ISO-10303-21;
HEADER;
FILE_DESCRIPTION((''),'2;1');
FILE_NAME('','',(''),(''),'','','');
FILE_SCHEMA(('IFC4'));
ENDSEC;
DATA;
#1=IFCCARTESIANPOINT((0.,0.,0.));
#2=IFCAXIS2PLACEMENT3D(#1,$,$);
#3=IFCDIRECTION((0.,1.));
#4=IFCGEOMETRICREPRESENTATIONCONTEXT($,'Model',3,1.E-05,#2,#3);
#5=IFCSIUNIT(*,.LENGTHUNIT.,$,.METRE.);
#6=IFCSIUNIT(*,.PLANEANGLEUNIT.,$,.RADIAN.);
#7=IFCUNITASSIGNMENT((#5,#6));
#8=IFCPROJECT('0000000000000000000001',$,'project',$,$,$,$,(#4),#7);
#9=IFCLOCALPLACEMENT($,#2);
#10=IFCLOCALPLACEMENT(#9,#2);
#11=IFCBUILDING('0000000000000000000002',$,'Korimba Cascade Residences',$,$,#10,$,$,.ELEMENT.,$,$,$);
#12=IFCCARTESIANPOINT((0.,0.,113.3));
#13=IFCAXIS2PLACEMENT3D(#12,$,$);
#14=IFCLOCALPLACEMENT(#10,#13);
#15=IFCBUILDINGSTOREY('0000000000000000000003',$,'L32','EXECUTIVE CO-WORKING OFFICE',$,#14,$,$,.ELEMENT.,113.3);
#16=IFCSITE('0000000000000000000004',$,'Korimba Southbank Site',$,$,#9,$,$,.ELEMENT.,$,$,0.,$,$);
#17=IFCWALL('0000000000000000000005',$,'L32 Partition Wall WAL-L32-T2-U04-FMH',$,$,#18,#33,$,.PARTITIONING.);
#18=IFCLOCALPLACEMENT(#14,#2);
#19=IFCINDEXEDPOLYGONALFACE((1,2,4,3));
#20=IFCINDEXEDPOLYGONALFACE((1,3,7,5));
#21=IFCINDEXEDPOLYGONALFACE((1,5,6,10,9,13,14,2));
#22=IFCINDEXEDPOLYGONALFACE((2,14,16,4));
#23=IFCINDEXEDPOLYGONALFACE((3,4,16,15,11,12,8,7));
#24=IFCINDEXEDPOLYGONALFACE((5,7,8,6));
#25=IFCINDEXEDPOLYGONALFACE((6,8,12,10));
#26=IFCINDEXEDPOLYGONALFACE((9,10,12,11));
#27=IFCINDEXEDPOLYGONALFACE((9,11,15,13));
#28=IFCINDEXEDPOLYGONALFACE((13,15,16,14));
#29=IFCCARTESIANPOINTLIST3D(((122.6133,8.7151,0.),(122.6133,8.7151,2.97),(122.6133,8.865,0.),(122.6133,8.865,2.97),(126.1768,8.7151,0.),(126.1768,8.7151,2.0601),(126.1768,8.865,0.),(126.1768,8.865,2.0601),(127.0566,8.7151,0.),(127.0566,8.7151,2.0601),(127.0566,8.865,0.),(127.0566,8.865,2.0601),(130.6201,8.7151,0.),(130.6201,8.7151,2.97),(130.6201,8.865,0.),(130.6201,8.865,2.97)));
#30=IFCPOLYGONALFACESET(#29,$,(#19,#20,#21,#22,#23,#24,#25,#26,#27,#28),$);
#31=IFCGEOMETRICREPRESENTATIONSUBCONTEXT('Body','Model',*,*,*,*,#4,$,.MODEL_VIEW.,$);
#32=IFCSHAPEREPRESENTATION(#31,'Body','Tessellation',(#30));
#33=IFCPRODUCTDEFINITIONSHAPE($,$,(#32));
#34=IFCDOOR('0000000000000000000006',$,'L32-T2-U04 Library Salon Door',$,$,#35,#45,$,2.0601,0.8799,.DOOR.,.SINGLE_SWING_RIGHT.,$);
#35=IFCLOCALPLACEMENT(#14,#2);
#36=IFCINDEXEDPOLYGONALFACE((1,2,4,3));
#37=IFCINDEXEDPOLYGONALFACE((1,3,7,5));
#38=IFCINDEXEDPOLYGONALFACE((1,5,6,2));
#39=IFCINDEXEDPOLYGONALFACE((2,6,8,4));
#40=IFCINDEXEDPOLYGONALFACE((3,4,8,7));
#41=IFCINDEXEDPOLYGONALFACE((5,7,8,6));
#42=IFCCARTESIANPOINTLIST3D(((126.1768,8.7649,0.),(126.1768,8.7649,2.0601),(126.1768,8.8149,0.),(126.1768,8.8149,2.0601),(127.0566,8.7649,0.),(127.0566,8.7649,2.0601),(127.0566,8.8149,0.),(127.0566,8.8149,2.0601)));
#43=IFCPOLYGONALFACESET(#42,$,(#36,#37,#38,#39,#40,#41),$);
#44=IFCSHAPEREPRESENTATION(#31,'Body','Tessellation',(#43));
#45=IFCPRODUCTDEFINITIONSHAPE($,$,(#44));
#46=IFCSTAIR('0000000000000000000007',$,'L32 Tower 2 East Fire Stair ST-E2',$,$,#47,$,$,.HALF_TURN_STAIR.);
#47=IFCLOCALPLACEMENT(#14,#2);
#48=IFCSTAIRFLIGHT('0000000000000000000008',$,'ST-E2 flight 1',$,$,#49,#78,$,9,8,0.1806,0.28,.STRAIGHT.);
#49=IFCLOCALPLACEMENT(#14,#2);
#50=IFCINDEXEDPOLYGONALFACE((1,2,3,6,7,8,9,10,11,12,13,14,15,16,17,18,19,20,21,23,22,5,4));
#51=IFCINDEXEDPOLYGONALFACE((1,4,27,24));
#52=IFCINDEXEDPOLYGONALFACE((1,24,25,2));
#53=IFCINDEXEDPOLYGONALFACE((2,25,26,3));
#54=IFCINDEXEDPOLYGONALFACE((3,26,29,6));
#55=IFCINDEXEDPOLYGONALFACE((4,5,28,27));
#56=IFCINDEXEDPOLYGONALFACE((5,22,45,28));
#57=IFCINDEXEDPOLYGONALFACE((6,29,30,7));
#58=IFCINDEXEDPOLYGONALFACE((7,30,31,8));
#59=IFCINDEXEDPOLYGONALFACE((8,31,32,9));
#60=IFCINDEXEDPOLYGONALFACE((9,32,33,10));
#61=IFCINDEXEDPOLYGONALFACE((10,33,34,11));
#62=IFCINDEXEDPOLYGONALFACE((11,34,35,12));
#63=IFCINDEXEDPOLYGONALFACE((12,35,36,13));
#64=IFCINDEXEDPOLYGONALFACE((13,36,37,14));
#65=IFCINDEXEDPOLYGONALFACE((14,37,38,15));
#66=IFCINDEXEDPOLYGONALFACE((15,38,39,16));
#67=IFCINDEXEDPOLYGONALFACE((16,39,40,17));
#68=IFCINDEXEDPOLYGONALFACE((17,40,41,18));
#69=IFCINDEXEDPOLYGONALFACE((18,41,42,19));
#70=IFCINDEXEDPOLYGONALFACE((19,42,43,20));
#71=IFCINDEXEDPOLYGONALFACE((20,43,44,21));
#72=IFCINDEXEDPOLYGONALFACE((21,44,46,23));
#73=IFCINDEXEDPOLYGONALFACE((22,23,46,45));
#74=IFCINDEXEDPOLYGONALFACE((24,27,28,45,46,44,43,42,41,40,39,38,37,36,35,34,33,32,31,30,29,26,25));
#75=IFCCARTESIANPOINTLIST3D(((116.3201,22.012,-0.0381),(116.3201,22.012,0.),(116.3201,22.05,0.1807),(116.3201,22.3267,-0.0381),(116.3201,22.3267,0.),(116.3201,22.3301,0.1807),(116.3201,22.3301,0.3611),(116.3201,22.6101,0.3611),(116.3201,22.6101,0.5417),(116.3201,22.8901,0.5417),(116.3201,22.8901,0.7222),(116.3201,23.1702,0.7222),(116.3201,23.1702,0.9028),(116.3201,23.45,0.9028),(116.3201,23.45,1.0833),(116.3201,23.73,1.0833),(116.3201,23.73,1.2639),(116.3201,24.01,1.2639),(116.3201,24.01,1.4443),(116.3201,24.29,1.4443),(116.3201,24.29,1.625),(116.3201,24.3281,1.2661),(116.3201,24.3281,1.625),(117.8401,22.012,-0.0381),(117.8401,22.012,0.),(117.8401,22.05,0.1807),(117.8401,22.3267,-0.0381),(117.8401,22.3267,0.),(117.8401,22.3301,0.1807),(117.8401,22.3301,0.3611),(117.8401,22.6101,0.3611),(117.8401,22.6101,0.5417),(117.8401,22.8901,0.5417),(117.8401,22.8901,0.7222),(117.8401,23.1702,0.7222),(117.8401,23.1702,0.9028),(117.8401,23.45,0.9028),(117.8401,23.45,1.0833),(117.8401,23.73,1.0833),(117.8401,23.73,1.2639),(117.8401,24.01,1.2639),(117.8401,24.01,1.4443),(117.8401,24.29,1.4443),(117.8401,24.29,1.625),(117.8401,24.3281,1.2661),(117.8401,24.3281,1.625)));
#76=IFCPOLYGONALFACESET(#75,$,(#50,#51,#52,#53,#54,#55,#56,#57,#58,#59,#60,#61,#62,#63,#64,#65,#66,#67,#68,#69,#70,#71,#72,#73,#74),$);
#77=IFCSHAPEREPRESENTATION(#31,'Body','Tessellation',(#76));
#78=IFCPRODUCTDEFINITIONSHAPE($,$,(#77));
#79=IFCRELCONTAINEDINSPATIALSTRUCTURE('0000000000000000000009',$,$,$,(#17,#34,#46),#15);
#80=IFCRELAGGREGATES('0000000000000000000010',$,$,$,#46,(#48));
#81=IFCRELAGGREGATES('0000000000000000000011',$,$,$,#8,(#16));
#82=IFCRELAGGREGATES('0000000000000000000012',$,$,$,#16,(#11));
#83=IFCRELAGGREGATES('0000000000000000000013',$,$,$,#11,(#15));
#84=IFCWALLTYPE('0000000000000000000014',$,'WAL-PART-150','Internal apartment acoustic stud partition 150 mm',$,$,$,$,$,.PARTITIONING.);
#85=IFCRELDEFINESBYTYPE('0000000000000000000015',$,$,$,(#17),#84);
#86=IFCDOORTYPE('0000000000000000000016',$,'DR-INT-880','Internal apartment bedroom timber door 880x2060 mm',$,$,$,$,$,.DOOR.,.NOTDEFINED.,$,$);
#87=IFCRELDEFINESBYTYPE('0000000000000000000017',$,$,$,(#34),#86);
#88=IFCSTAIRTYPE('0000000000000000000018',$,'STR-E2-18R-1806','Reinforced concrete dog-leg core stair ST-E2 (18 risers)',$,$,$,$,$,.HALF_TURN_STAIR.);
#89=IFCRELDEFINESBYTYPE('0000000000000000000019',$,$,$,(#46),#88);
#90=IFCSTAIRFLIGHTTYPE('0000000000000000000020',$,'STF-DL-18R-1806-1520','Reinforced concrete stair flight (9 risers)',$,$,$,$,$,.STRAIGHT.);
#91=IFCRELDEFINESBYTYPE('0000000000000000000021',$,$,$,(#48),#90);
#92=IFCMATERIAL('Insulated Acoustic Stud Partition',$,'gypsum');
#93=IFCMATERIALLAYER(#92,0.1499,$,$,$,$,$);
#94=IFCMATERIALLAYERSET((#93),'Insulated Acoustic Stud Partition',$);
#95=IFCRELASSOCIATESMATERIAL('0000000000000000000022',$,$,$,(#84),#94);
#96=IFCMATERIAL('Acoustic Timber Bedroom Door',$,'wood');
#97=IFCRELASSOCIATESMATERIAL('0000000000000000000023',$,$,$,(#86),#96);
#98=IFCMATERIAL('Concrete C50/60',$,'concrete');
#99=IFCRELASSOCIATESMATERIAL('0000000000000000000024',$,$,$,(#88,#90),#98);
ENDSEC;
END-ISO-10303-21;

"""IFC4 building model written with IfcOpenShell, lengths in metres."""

from ifc_helpers import new_model, si_unit, direction, frame, frame_2d, origin, place, context, subcontext, project, spatial, polyline, rectangle, outline, extrude, material, layer, layer_set, type_object, element, fill, aggregate, save


model = new_model("IFC4")

# Units and contexts
model_context = context("Model", 3, precision=1e-05, world=origin(), true_north=direction((0.0, 1.0)))
body_context = subcontext(model_context, "Body", "Model", "MODEL_VIEW")
ifc_project = project(units=[si_unit("LENGTHUNIT", "METRE"), si_unit("PLANEANGLEUNIT", "RADIAN")], contexts=[model_context])

# Site, building, storey
site_placement = place(None, origin())
site = spatial("IfcSite", under=ifc_project, at=site_placement, Name="Korimba Southbank Site", CompositionType="ELEMENT", RefElevation=0.0)
building_placement = place(site_placement, origin())
building = spatial("IfcBuilding", under=site, at=building_placement, Name="Korimba Cascade Residences", CompositionType="ELEMENT")
storey_placement = place(building_placement, frame((0.0, 0.0, 113.3)))
storey = spatial("IfcBuildingStorey", under=building, at=storey_placement, Name="L32", Description="EXECUTIVE CO-WORKING OFFICE", CompositionType="ELEMENT", Elevation=113.3)

# Shared definitions
ifc_material_1 = material(Name="Insulated Acoustic Stud Partition", Category="gypsum")
ifc_layer_1 = layer(ifc_material_1, 0.1499)
ifc_layer_set_1 = layer_set([ifc_layer_1], Name="Insulated Acoustic Stud Partition")
wall_type_1 = type_object("IfcWallType", Name="WAL-PART-150", Description="Internal apartment acoustic stud partition 150 mm", PredefinedType="PARTITIONING", material=ifc_layer_set_1)
ifc_material_2 = material(Name="Acoustic Timber Bedroom Door", Category="wood")
door_type_1 = type_object("IfcDoorType", Name="DR-INT-880", Description="Internal apartment bedroom timber door 880x2060 mm", OperationType="NOTDEFINED", PredefinedType="DOOR", material=ifc_material_2)

# Wall, opening, door
wall_1_placement = place(storey_placement, frame((122.6133, 8.79, 0.0), z_axis=(0.0, 0.0, 1.0), x_axis=(1.0, 0.0, 0.0)))
wall_1 = element("IfcWall", 1, at=wall_1_placement, inside=storey, type_object=wall_type_1, Name="L32 Partition Wall WAL-L32-T2-U04-FMH", PredefinedType="PARTITIONING", context=body_context, shape_type="SweptSolid", body=[
    extrude(rectangle(XDim=8.0068, YDim=0.1499, at=frame_2d((4.0034, 0.0))), origin(), (0.0, 0.0, 1.0), 2.97),
])
opening_1_placement = place(wall_1_placement, frame((3.5635, 0.0, 0.0)))
opening_1 = element("IfcOpeningElement", 2, at=opening_1_placement, cuts=wall_1, PredefinedType="OPENING", context=body_context, shape_type="SweptSolid", body=[
    extrude(rectangle(XDim=0.8799, YDim=2.0601, at=frame_2d((0.4399, 1.03))), frame((0.0, 0.085, 0.0), z_axis=(0.0, -1.0, 0.0), x_axis=(1.0, 0.0, 0.0)), (0.0, 0.0, 1.0), 0.1699),
])
door_1_placement = place(opening_1_placement, origin())
door_1 = element("IfcDoor", 3, at=door_1_placement, inside=storey, type_object=door_type_1, Name="L32-T2-U04 Library Salon Door", OperationType="SINGLE_SWING_RIGHT", OverallHeight=2.0601, OverallWidth=0.8799, PredefinedType="DOOR", context=body_context, shape_type="SweptSolid", body=[
    extrude(rectangle(XDim=0.8799, YDim=2.0601, at=frame_2d((0.4399, 1.03))), frame((0.0, 0.0249, 0.0), z_axis=(0.0, -1.0, 0.0), x_axis=(1.0, 0.0, 0.0)), (0.0, 0.0, 1.0), 0.05),
])
fill(opening_1, door_1)

# Stair, stair flight
ifc_material_3 = material(Name="Concrete C50/60", Category="concrete")
stair_type = type_object("IfcStairType", Name="STR-E2-18R-1806", Description="Reinforced concrete dog-leg core stair ST-E2 (18 risers)", PredefinedType="HALF_TURN_STAIR", material=ifc_material_3)
stair_placement = place(storey_placement, origin())
stair = element("IfcStair", 4, at=stair_placement, inside=storey, type_object=stair_type, Name="L32 Tower 2 East Fire Stair ST-E2", PredefinedType="HALF_TURN_STAIR")
stair_flight_type = type_object("IfcStairFlightType", Name="STF-DL-18R-1806-1520", Description="Reinforced concrete stair flight (9 risers)", PredefinedType="STRAIGHT", material=ifc_material_3)
stair_flight_placement = place(storey_placement, frame((117.0801, 22.05, 0.0), z_axis=(0.0, 0.0, 1.0), x_axis=(0.0, 1.0, 0.0)))
stair_flight = element("IfcStairFlight", 5, at=stair_flight_placement, type_object=stair_flight_type, Name="ST-E2 flight 1", NumberOfRisers=9, NumberOfTreads=8, PredefinedType="STRAIGHT", RiserHeight=0.1806, TreadLength=0.28, context=body_context, shape_type="SweptSolid", body=[
    extrude(outline(polyline([(-0.0381, 0.0), (0.0, 0.1807), (0.28, 0.1807), (0.28, 0.3611), (0.5601, 0.3611), (0.5601, 0.5417), (0.8401, 0.5417), (0.8401, 0.7222), (1.1201, 0.7222), (1.1201, 0.9028), (1.3999, 0.9028), (1.3999, 1.0833), (1.6799, 1.0833), (1.6799, 1.2639), (1.96, 1.2639), (1.96, 1.4443), (2.24, 1.4443), (2.24, 1.625), (2.2781, 1.625), (2.2781, 1.2661), (0.2766, 0.0), (0.2766, -0.0381), (-0.0381, -0.0381), (-0.0381, 0.0)])), frame((0.0, 0.76, 0.0), z_axis=(0.0, -1.0, 0.0), x_axis=(1.0, 0.0, 0.0)), (0.0, 0.0, 1.0), 1.52),
])
aggregate(stair, [stair_flight])

save(model, "model.ifc")
